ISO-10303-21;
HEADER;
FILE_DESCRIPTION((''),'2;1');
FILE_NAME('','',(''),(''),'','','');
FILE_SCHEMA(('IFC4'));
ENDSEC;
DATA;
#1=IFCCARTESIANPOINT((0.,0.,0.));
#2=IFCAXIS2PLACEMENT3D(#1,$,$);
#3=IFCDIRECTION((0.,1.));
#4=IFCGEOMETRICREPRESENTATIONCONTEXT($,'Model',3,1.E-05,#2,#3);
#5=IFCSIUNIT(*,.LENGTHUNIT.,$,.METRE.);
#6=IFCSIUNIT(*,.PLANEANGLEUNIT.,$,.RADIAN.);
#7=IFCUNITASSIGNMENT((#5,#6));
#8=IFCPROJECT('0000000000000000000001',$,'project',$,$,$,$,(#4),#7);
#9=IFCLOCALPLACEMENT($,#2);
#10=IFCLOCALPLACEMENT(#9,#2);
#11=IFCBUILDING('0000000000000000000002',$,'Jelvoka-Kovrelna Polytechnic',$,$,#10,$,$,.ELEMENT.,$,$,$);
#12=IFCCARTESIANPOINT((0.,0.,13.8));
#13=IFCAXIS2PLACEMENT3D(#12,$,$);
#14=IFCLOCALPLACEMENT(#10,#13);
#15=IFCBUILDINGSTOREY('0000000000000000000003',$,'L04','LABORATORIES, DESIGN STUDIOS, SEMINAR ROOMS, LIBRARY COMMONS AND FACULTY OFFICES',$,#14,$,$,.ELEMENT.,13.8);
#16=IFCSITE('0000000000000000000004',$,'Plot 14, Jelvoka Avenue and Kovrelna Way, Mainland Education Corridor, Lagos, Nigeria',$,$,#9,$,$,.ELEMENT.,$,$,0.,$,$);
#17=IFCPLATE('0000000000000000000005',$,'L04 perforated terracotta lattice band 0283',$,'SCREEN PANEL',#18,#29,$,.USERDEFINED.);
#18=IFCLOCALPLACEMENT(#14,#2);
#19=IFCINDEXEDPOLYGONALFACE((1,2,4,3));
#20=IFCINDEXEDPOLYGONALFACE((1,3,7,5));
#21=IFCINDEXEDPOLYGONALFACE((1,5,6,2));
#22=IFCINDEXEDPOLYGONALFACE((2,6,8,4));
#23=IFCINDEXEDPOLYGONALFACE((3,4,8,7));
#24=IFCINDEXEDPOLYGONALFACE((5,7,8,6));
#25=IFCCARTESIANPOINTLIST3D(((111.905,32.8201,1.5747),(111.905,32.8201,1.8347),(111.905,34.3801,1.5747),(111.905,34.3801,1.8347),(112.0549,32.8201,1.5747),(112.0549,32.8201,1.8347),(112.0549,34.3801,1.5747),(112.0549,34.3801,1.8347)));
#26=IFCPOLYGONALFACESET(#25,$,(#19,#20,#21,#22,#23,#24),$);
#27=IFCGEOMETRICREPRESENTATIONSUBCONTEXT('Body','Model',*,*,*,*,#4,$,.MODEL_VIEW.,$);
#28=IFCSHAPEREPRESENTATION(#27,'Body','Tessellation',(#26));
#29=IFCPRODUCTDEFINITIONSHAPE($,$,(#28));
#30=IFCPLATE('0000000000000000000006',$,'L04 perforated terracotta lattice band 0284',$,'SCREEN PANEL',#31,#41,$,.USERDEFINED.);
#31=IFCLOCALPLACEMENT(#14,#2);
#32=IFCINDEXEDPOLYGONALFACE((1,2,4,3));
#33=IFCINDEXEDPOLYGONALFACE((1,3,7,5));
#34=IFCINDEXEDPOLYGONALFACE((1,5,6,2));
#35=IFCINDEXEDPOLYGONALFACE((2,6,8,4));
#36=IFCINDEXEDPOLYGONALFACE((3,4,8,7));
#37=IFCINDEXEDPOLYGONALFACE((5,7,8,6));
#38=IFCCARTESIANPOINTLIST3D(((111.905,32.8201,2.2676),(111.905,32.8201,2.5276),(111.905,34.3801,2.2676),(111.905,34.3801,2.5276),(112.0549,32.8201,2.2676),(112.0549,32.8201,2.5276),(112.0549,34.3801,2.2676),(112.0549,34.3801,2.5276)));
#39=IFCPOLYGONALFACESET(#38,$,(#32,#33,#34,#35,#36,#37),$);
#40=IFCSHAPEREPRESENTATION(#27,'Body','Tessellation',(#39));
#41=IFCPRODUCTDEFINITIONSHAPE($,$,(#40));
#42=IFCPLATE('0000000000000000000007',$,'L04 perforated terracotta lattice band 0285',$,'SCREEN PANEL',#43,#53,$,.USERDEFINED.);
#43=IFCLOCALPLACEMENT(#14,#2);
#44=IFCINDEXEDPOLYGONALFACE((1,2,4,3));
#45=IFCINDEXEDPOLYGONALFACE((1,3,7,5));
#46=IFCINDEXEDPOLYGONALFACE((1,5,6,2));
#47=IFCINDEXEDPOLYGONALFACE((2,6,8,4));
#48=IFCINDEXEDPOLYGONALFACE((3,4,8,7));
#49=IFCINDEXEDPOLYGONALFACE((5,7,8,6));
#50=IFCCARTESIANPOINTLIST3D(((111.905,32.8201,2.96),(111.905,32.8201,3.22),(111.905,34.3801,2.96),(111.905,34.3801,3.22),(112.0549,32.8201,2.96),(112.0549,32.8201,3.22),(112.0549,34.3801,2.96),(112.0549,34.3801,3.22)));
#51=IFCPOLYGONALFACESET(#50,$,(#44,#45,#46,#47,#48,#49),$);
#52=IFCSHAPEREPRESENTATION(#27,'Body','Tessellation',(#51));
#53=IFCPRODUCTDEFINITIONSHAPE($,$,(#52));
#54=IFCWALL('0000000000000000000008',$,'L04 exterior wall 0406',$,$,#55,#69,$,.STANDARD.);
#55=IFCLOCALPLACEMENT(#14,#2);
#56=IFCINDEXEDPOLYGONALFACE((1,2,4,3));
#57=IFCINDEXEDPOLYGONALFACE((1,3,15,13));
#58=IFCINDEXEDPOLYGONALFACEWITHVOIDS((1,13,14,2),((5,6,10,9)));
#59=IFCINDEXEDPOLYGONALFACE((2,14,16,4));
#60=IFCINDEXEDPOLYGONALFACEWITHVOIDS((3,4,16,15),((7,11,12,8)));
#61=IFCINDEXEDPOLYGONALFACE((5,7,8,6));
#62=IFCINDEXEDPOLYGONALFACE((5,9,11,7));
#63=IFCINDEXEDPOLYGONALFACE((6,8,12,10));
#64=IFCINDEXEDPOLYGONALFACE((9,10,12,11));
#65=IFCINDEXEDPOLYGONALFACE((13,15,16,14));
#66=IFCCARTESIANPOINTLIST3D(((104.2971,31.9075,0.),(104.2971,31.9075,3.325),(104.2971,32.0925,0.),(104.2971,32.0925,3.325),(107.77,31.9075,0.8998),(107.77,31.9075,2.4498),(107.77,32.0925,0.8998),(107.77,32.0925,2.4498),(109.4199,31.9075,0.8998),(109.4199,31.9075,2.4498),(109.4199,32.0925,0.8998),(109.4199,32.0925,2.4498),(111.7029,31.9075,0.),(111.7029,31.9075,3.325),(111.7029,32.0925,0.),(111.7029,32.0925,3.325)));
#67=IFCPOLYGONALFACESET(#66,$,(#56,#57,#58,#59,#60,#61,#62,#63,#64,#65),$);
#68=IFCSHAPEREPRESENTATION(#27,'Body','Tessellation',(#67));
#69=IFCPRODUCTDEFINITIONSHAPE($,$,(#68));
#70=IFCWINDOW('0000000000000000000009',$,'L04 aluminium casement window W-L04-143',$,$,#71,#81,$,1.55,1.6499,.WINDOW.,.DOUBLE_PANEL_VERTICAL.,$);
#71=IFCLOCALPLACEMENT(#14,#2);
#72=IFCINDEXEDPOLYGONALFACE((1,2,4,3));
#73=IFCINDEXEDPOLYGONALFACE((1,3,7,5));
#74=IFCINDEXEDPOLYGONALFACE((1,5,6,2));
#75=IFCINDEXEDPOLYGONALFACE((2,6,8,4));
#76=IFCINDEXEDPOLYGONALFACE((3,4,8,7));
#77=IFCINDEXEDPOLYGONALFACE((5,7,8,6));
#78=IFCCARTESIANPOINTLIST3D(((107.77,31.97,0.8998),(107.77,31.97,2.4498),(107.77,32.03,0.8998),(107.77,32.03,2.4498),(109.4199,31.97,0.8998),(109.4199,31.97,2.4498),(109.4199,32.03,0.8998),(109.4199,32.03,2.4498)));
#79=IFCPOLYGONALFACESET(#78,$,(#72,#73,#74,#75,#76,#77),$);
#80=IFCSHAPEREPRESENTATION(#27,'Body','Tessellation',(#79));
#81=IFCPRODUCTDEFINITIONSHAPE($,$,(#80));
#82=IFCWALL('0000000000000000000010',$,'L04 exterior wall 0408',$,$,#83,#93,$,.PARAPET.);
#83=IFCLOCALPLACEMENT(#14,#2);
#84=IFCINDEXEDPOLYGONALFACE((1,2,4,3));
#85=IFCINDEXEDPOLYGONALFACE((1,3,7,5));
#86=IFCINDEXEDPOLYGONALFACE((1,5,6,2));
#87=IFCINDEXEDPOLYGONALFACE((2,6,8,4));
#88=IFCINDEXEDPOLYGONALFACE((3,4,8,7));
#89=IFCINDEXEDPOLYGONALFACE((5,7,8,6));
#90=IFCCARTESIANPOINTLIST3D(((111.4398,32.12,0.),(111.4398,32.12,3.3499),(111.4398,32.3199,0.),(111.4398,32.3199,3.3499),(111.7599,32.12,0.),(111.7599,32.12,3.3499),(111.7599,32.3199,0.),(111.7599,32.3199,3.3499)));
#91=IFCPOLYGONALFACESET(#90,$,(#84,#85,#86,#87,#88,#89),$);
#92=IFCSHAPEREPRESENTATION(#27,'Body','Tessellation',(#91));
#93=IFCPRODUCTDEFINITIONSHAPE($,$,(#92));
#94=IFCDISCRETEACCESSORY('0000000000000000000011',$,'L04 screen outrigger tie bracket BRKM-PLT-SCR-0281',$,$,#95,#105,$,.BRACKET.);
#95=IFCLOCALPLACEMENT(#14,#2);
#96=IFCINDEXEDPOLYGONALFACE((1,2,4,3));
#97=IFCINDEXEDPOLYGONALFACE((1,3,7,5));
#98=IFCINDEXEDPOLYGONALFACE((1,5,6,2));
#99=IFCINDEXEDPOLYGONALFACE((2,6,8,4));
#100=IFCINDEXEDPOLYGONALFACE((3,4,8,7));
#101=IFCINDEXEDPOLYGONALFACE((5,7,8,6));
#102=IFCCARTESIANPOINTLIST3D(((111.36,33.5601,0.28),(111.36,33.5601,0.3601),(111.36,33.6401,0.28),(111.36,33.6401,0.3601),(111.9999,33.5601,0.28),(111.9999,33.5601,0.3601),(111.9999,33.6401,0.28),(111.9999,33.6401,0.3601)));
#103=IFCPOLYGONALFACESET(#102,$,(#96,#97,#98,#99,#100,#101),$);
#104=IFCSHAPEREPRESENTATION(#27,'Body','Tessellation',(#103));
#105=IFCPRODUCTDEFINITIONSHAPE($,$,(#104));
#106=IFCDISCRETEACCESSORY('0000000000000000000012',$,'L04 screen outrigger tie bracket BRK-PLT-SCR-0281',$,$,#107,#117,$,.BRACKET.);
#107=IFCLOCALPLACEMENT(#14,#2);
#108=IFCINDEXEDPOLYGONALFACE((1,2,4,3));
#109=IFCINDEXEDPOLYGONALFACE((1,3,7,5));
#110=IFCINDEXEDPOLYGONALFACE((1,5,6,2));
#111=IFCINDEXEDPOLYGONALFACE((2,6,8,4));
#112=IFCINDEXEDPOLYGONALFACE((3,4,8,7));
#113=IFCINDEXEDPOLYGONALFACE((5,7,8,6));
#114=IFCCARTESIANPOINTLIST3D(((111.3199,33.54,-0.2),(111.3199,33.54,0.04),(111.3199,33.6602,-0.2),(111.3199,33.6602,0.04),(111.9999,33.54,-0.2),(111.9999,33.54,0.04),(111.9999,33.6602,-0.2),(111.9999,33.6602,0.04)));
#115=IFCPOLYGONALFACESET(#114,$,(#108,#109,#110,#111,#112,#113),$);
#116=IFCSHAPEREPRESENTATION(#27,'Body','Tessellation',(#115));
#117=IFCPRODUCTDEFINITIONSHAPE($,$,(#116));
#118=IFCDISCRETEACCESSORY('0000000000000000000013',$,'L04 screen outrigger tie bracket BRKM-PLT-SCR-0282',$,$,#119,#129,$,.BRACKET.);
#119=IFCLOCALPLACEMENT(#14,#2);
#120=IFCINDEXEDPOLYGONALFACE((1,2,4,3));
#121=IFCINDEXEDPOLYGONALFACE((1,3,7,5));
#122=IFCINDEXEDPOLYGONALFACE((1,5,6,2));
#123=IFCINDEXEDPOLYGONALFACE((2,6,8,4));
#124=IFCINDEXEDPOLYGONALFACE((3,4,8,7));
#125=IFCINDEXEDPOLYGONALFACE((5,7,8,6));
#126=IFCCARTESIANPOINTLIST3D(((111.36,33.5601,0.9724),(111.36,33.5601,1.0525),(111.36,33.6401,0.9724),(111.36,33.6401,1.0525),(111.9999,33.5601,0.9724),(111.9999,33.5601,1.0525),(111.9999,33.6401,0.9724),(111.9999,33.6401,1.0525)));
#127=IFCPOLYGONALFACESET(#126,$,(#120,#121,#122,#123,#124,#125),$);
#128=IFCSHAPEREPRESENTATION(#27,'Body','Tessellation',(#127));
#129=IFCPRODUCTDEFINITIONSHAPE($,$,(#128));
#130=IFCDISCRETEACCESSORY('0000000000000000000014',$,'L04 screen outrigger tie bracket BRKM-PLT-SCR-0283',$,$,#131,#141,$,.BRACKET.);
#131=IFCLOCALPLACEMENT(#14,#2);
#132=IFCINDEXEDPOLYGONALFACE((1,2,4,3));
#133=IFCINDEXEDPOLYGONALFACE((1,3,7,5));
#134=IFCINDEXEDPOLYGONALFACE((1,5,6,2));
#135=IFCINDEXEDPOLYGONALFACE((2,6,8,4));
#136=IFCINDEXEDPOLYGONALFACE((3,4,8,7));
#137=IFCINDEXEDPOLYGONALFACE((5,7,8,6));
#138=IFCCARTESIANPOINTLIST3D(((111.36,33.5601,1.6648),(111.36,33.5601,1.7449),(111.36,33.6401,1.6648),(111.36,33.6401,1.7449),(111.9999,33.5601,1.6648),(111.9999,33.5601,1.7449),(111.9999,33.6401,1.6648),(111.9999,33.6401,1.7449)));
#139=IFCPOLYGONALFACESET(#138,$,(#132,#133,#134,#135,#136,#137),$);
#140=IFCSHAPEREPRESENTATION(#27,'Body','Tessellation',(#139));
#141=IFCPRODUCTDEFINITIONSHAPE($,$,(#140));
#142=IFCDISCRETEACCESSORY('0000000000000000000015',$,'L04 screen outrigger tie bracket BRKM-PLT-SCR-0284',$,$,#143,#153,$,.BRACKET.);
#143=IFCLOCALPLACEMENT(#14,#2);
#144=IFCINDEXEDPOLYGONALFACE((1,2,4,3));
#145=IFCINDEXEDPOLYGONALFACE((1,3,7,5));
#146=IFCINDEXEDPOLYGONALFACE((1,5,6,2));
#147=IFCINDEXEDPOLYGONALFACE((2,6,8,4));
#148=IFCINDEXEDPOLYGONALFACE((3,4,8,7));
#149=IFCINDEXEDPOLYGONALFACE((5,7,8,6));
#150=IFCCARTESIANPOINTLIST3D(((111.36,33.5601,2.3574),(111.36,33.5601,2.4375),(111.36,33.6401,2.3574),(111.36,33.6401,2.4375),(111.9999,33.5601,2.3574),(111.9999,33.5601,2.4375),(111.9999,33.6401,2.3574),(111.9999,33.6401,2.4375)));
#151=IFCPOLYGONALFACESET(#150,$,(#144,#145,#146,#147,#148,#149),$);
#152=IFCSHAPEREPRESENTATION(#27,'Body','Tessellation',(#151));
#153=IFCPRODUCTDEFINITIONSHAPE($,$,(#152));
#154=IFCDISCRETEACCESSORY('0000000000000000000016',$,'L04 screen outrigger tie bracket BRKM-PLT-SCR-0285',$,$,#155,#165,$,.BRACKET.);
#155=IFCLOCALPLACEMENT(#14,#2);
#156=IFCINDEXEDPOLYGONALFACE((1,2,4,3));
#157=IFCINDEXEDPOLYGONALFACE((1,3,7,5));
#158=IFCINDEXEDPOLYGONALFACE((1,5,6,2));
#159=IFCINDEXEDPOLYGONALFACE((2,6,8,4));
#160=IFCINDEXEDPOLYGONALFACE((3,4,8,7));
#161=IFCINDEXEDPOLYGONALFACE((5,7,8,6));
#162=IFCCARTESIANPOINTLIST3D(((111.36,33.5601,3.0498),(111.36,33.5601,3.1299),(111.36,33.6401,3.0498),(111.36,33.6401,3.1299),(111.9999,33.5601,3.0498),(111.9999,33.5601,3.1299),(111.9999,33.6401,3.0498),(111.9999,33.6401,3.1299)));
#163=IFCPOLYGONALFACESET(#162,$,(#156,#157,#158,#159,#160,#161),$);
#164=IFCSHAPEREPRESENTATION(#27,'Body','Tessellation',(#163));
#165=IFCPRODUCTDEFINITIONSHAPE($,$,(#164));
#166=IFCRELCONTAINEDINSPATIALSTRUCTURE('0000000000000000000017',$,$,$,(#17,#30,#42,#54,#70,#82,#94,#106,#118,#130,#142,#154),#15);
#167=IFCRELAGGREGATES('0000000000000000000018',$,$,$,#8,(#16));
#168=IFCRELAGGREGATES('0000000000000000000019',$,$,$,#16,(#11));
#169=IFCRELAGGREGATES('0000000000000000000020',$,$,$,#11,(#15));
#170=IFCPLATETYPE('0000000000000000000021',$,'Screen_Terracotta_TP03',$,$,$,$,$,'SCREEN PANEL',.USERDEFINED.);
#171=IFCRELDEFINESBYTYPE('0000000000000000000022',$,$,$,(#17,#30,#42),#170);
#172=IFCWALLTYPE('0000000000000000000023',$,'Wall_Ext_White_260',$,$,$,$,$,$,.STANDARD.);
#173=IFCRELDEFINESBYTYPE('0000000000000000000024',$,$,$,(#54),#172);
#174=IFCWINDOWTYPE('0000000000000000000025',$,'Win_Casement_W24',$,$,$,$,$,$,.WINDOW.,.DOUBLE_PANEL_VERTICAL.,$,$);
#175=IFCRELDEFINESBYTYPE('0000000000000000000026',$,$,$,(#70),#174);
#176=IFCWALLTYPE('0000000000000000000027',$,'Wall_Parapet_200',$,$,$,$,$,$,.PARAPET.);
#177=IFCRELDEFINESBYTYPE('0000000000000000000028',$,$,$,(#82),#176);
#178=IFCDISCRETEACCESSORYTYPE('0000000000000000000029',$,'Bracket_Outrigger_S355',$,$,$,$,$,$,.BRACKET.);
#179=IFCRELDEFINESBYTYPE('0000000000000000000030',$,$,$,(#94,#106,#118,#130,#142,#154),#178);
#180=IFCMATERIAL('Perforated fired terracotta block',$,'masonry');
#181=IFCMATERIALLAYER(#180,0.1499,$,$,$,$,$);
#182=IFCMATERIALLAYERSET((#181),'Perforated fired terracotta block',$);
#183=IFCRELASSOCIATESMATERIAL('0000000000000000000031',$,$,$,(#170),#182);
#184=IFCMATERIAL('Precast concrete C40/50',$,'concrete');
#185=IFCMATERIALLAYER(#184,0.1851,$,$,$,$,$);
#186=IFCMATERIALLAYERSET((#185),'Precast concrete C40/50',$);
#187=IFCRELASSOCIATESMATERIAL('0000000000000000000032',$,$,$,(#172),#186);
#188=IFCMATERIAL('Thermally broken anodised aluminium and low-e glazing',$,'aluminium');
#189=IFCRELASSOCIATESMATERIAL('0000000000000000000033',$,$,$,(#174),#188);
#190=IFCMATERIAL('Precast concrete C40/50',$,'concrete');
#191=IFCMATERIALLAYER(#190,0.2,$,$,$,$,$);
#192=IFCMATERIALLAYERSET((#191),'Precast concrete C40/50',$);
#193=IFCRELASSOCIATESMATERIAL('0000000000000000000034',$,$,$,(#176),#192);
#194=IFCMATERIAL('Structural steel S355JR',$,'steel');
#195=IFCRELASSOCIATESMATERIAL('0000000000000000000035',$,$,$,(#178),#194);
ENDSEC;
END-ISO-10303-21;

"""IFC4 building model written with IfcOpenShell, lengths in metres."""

from ifc_helpers import new_model, si_unit, direction, frame, frame_2d, origin, origin_2d, place, context, subcontext, project, spatial, rectangle, extrude, material, layer, layer_set, type_object, element, fill, save


model = new_model("IFC4")

# Units and contexts
model_context = context("Model", 3, precision=1e-05, world=origin(), true_north=direction((0.0, 1.0)))
body_context = subcontext(model_context, "Body", "Model", "MODEL_VIEW")
ifc_project = project(units=[si_unit("LENGTHUNIT", "METRE"), si_unit("PLANEANGLEUNIT", "RADIAN")], contexts=[model_context])

# Site, building, storey
site_placement = place(None, origin())
site = spatial("IfcSite", under=ifc_project, at=site_placement, Name="Plot 14, Jelvoka Avenue and Kovrelna Way, Mainland Education Corridor, Lagos, Nigeria", CompositionType="ELEMENT", RefElevation=0.0)
building_placement = place(site_placement, origin())
building = spatial("IfcBuilding", under=site, at=building_placement, Name="Jelvoka-Kovrelna Polytechnic", CompositionType="ELEMENT")
storey_placement = place(building_placement, frame((0.0, 0.0, 13.8)))
storey = spatial("IfcBuildingStorey", under=building, at=storey_placement, Name="L04", Description="LABORATORIES, DESIGN STUDIOS, SEMINAR ROOMS, LIBRARY COMMONS AND FACULTY OFFICES", CompositionType="ELEMENT", Elevation=13.8)

# Plates
ifc_material_1 = material(Name="Perforated fired terracotta block", Category="masonry")
ifc_layer_1 = layer(ifc_material_1, 0.1499)
ifc_layer_set_1 = layer_set([ifc_layer_1], Name="Perforated fired terracotta block")
plate_type = type_object("IfcPlateType", Name="Screen_Terracotta_TP03", ElementType="SCREEN PANEL", PredefinedType="USERDEFINED", material=ifc_layer_set_1)
for number, where, z_axis, x_axis, name in (
    (1, (111.98, 33.6001, 1.5747), (0.0, 0.0, 1.0), (0.0, 1.0, 0.0), "L04 perforated terracotta lattice band 0283"),
    (2, (111.98, 33.6001, 2.2676), (0.0, 0.0, 1.0), (0.0, 1.0, 0.0), "L04 perforated terracotta lattice band 0284"),
    (3, (111.98, 33.6001, 2.96), (0.0, 0.0, 1.0), (0.0, 1.0, 0.0), "L04 perforated terracotta lattice band 0285"),
):
    element("IfcPlate", number, at=place(storey_placement, frame(where, z_axis=z_axis, x_axis=x_axis)), inside=storey, type_object=plate_type, Name=name, ObjectType="SCREEN PANEL", PredefinedType="USERDEFINED", context=body_context, shape_type="SweptSolid", body=[
        extrude(rectangle(XDim=1.5601, YDim=0.1499, at=origin_2d()), origin(), (0.0, 0.0, 1.0), 0.26),
    ])

# Wall, opening, window
ifc_material_2 = material(Name="Precast concrete C40/50", Category="concrete")
ifc_layer_2 = layer(ifc_material_2, 0.1851)
ifc_layer_set_2 = layer_set([ifc_layer_2], Name="Precast concrete C40/50")
wall_type_1 = type_object("IfcWallType", Name="Wall_Ext_White_260", PredefinedType="STANDARD", material=ifc_layer_set_2)
wall_1_placement = place(storey_placement, frame((111.7029, 32.0, 0.0), z_axis=(0.0, 0.0, 1.0), x_axis=(-1.0, 0.0, 0.0)))
wall_1 = element("IfcWall", 4, at=wall_1_placement, inside=storey, type_object=wall_type_1, Name="L04 exterior wall 0406", PredefinedType="STANDARD", context=body_context, shape_type="SweptSolid", body=[
    extrude(rectangle(XDim=7.4058, YDim=0.1851, at=frame_2d((3.7029, 0.0))), origin(), (0.0, 0.0, 1.0), 3.325),
])
opening_placement = place(wall_1_placement, frame((2.283, 0.0, 0.8999)))
opening = element("IfcOpeningElement", 5, at=opening_placement, cuts=wall_1, PredefinedType="OPENING", context=body_context, shape_type="SweptSolid", body=[
    extrude(rectangle(XDim=1.6499, YDim=1.55, at=frame_2d((0.825, 0.7749))), frame((0.0, 0.1025, 0.0), z_axis=(0.0, -1.0, 0.0), x_axis=(1.0, 0.0, 0.0)), (0.0, 0.0, 1.0), 0.2051),
])
ifc_material_3 = material(Name="Thermally broken anodised aluminium and low-e glazing", Category="aluminium")
window_type = type_object("IfcWindowType", Name="Win_Casement_W24", PartitioningType="DOUBLE_PANEL_VERTICAL", PredefinedType="WINDOW", material=ifc_material_3)
window_placement = place(opening_placement, origin())
window = element("IfcWindow", 6, at=window_placement, inside=storey, type_object=window_type, Name="L04 aluminium casement window W-L04-143", OverallHeight=1.55, OverallWidth=1.6499, PartitioningType="DOUBLE_PANEL_VERTICAL", PredefinedType="WINDOW", context=body_context, shape_type="SweptSolid", body=[
    extrude(rectangle(XDim=1.6499, YDim=1.55, at=frame_2d((0.825, 0.7749))), frame((0.0, 0.03, 0.0), z_axis=(0.0, -1.0, 0.0), x_axis=(1.0, 0.0, 0.0)), (0.0, 0.0, 1.0), 0.0601),
])
fill(opening, window)

# Wall
ifc_material_4 = material(Name="Precast concrete C40/50", Category="concrete")
ifc_layer_3 = layer(ifc_material_4, 0.2)
ifc_layer_set_3 = layer_set([ifc_layer_3], Name="Precast concrete C40/50")
wall_type_2 = type_object("IfcWallType", Name="Wall_Parapet_200", PredefinedType="PARAPET", material=ifc_layer_set_3)
wall_2_placement = place(storey_placement, frame((111.76, 32.22, 0.0), z_axis=(0.0, 0.0, 1.0), x_axis=(-1.0, 0.0, 0.0)))
element("IfcWall", 7, at=wall_2_placement, inside=storey, type_object=wall_type_2, Name="L04 exterior wall 0408", PredefinedType="PARAPET", context=body_context, shape_type="SweptSolid", body=[
    extrude(rectangle(XDim=0.3201, YDim=0.2, at=frame_2d((0.1602, 0.0))), origin(), (0.0, 0.0, 1.0), 3.3499),
])

# Discrete accessories
ifc_material_5 = material(Name="Structural steel S355JR", Category="steel")
discrete_accessory_type = type_object("IfcDiscreteAccessoryType", Name="Bracket_Outrigger_S355", PredefinedType="BRACKET", material=ifc_material_5)
discrete_accessory_1_placement = place(storey_placement, frame((111.6799, 33.6001, 0.28), z_axis=(0.0, 0.0, 1.0), x_axis=(1.0, 0.0, 0.0)))
element("IfcDiscreteAccessory", 8, at=discrete_accessory_1_placement, inside=storey, type_object=discrete_accessory_type, Name="L04 screen outrigger tie bracket BRKM-PLT-SCR-0281", PredefinedType="BRACKET", context=body_context, shape_type="SweptSolid", body=[
    extrude(rectangle(XDim=0.6399, YDim=0.0801, at=origin_2d()), origin(), (0.0, 0.0, 1.0), 0.0801),
])
discrete_accessory_2_placement = place(storey_placement, frame((111.6599, 33.6001, -0.2), z_axis=(0.0, 0.0, 1.0), x_axis=(1.0, 0.0, 0.0)))
element("IfcDiscreteAccessory", 9, at=discrete_accessory_2_placement, inside=storey, type_object=discrete_accessory_type, Name="L04 screen outrigger tie bracket BRK-PLT-SCR-0281", PredefinedType="BRACKET", context=body_context, shape_type="SweptSolid", body=[
    extrude(rectangle(XDim=0.6799, YDim=0.1201, at=origin_2d()), origin(), (0.0, 0.0, 1.0), 0.24),
])
for number, where, z_axis, x_axis, name in (
    (10, (111.6799, 33.6001, 0.9724), (0.0, 0.0, 1.0), (1.0, 0.0, 0.0), "L04 screen outrigger tie bracket BRKM-PLT-SCR-0282"),
    (11, (111.6799, 33.6001, 1.6648), (0.0, 0.0, 1.0), (1.0, 0.0, 0.0), "L04 screen outrigger tie bracket BRKM-PLT-SCR-0283"),
    (12, (111.6799, 33.6001, 2.3574), (0.0, 0.0, 1.0), (1.0, 0.0, 0.0), "L04 screen outrigger tie bracket BRKM-PLT-SCR-0284"),
    (13, (111.6799, 33.6001, 3.0498), (0.0, 0.0, 1.0), (1.0, 0.0, 0.0), "L04 screen outrigger tie bracket BRKM-PLT-SCR-0285"),
):
    element("IfcDiscreteAccessory", number, at=place(storey_placement, frame(where, z_axis=z_axis, x_axis=x_axis)), inside=storey, type_object=discrete_accessory_type, Name=name, PredefinedType="BRACKET", context=body_context, shape_type="SweptSolid", body=[
        extrude(rectangle(XDim=0.6399, YDim=0.0801, at=origin_2d()), origin(), (0.0, 0.0, 1.0), 0.0801),
    ])

save(model, "model.ifc")
